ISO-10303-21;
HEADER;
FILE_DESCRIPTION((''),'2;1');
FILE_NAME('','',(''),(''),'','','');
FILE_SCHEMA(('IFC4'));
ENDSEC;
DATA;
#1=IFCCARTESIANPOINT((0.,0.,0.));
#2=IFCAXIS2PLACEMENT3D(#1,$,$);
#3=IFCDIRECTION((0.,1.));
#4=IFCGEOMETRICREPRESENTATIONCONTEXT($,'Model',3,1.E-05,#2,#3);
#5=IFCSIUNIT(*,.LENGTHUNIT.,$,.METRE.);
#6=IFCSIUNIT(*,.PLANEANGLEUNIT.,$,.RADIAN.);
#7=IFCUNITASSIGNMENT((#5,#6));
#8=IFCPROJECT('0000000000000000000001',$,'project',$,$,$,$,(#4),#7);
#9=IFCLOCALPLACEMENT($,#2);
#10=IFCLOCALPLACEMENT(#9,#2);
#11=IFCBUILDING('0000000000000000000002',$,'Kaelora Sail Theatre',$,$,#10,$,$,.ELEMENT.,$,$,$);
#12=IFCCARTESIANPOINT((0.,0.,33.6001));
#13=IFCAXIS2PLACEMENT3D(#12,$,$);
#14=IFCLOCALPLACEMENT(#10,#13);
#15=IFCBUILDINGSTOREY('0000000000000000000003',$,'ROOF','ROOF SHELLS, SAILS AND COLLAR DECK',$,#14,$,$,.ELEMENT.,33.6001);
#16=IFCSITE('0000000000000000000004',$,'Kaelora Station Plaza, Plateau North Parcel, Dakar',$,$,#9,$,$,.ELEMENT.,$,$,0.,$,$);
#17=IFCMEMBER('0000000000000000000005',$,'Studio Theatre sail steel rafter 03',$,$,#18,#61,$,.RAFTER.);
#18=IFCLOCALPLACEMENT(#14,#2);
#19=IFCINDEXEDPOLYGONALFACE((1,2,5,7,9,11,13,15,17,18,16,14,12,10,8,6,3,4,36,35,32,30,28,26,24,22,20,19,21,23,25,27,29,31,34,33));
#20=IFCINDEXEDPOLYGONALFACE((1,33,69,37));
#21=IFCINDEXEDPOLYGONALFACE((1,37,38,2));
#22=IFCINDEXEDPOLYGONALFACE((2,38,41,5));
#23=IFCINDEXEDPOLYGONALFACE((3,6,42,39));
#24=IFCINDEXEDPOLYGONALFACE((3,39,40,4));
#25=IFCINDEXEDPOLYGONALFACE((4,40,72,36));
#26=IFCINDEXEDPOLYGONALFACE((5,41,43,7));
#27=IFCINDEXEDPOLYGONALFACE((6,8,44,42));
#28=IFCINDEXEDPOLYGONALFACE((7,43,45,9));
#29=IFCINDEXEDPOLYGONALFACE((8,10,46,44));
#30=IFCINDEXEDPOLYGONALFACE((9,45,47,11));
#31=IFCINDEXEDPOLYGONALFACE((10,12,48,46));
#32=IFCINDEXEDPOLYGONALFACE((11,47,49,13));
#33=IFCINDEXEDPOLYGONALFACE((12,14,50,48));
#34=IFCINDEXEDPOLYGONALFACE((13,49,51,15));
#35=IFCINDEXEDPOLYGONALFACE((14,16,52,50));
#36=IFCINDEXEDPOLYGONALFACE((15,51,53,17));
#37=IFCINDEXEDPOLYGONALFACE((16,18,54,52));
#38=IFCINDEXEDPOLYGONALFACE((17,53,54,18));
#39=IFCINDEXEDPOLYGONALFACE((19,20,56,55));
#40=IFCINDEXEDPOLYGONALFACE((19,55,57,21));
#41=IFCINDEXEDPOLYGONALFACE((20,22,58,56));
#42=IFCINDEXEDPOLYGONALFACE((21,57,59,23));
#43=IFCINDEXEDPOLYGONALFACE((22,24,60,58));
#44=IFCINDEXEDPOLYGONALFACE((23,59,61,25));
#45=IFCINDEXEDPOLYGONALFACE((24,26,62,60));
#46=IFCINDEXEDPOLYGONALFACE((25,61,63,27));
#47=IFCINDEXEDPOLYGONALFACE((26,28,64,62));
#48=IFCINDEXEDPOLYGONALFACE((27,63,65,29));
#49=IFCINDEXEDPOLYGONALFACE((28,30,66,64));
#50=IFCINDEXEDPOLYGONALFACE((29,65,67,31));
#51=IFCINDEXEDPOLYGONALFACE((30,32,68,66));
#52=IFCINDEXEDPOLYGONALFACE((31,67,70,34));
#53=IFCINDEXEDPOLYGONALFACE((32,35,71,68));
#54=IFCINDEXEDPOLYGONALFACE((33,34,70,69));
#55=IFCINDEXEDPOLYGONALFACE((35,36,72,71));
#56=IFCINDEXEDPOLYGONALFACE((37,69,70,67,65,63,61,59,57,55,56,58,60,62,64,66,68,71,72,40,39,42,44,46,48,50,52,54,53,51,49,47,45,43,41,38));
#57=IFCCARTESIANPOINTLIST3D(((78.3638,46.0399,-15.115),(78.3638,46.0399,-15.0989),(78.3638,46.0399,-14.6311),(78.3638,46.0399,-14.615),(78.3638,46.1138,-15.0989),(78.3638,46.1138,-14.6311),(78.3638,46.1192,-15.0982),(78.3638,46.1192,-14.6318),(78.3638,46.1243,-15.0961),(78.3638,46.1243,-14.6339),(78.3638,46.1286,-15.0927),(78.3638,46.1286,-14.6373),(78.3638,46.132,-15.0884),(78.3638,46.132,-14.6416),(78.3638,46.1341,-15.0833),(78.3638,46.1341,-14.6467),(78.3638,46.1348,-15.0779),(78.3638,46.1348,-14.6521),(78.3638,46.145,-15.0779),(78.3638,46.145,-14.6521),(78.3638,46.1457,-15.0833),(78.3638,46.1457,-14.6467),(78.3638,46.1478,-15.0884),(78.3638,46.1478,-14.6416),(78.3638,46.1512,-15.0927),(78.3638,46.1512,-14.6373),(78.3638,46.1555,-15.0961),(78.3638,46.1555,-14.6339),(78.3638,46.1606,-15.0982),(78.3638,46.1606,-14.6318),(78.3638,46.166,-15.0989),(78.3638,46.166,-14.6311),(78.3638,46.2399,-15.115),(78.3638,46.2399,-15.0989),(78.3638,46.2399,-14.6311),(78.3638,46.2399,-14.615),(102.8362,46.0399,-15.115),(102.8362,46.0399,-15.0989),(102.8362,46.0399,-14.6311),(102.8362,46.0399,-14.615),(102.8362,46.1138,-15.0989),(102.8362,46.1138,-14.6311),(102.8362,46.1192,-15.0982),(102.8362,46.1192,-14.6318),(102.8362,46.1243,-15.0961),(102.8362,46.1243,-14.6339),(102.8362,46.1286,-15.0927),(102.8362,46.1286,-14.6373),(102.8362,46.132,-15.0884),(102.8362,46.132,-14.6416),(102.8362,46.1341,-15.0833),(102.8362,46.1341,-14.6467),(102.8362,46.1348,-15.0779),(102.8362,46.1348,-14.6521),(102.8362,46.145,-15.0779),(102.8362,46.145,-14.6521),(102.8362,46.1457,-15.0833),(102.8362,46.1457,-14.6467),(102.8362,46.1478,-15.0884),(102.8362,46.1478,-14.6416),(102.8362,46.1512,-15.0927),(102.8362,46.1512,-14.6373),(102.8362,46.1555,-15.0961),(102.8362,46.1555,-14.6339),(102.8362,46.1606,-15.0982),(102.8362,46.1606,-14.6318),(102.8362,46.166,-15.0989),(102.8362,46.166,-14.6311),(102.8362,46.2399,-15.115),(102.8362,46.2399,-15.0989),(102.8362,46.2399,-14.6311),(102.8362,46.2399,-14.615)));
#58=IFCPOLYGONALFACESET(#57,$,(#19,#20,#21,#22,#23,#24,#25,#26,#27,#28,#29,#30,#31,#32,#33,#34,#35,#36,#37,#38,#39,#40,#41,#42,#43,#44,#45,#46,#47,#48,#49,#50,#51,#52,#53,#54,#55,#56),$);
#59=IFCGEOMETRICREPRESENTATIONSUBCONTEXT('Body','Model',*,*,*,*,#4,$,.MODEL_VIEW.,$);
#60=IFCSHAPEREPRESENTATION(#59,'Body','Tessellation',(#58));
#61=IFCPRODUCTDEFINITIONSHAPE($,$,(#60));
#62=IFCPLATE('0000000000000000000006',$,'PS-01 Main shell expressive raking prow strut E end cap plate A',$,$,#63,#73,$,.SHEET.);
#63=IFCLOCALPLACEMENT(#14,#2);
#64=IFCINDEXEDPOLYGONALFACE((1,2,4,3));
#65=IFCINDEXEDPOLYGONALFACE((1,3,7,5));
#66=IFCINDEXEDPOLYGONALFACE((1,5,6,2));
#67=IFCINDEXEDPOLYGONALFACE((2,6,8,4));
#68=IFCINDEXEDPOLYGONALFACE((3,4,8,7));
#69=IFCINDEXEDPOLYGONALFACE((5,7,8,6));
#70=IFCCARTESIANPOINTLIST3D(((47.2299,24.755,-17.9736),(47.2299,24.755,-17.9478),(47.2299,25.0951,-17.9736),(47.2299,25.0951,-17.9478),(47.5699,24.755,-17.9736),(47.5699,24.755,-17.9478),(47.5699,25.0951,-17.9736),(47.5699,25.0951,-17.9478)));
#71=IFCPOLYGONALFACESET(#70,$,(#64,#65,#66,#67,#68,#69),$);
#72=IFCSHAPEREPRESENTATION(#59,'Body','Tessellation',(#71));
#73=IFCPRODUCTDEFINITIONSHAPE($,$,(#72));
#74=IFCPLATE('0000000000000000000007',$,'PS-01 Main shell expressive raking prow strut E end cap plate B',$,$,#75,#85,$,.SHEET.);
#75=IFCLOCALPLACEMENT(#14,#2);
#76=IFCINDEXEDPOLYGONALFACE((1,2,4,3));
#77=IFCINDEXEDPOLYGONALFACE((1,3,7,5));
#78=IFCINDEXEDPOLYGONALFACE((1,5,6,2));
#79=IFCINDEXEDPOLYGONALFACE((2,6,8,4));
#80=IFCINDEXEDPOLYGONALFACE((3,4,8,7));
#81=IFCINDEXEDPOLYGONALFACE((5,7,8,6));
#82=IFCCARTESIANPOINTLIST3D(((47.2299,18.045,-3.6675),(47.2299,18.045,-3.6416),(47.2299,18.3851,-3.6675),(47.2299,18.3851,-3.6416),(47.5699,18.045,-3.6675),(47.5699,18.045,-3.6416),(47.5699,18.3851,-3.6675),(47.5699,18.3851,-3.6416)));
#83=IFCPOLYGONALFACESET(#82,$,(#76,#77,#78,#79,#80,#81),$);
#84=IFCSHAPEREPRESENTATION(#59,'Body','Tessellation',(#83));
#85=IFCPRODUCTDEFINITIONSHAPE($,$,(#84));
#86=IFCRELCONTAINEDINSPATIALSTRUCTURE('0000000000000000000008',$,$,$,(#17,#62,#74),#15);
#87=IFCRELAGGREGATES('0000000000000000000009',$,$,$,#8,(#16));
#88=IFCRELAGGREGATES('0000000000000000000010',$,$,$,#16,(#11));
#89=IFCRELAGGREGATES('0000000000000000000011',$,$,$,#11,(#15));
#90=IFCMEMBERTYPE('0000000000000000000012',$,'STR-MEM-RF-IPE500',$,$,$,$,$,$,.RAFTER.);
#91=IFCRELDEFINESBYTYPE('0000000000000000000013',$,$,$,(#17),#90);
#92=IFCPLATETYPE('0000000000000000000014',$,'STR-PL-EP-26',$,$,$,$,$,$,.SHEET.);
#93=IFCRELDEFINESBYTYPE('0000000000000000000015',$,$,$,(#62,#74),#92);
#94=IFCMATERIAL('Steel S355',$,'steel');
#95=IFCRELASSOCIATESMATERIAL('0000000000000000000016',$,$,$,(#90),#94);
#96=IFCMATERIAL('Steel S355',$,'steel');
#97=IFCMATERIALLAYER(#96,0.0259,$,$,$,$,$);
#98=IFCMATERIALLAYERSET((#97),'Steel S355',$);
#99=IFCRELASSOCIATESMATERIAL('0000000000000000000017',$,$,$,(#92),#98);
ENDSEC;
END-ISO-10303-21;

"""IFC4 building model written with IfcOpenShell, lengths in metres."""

from ifc_helpers import new_model, si_unit, direction, frame, origin, origin_2d, place, context, subcontext, project, spatial, rectangle, i_section, extrude, material, layer, layer_set, material_profile, profile_set, type_object, element, save


model = new_model("IFC4")

# Units and contexts
model_context = context("Model", 3, precision=1e-05, world=origin(), true_north=direction((0.0, 1.0)))
body_context = subcontext(model_context, "Body", "Model", "MODEL_VIEW")
ifc_project = project(units=[si_unit("LENGTHUNIT", "METRE"), si_unit("PLANEANGLEUNIT", "RADIAN")], contexts=[model_context])

# Site, building, storey
site_placement = place(None, origin())
site = spatial("IfcSite", under=ifc_project, at=site_placement, Name="Kaelora Station Plaza, Plateau North Parcel, Dakar", CompositionType="ELEMENT", RefElevation=0.0)
building_placement = place(site_placement, origin())
building = spatial("IfcBuilding", under=site, at=building_placement, Name="Kaelora Sail Theatre", CompositionType="ELEMENT")
storey_placement = place(building_placement, frame((0.0, 0.0, 33.6001)))
storey = spatial("IfcBuildingStorey", under=building, at=storey_placement, Name="ROOF", Description="ROOF SHELLS, SAILS AND COLLAR DECK", CompositionType="ELEMENT", Elevation=33.6001)

# Member
ifc_material_1 = material(Name="Steel S355", Category="steel")
ifc_material_profile_1 = material_profile(ifc_material_1, i_section(OverallWidth=0.2, OverallDepth=0.5, WebThickness=0.0103, FlangeThickness=0.0161, FilletRadius=0.021, at=origin_2d()), Name="IPE 500")
ifc_profile_set_1 = profile_set([ifc_material_profile_1], Name="Steel S355")
member_type_1 = type_object("IfcMemberType", Name="STR-MEM-RF-IPE500", PredefinedType="RAFTER", material=ifc_profile_set_1)
member_1_placement = place(storey_placement, frame((78.3638, 46.1399, -14.865), z_axis=(1.0, 0.0, 0.0), x_axis=(0.0, 1.0, 0.0)))
element("IfcMember", 1, at=member_1_placement, inside=storey, type_object=member_type_1, Name="Studio Theatre sail steel rafter 03", PredefinedType="RAFTER", context=body_context, shape_type="SweptSolid", body=[
    extrude(i_section(OverallWidth=0.2, OverallDepth=0.5, WebThickness=0.0103, FlangeThickness=0.0161, FilletRadius=0.021, at=origin_2d()), origin(), (0.0, 0.0, 1.0), 24.4724),
])

# Plates
ifc_material_2 = material(Name="Steel S355", Category="steel")
ifc_layer_1 = layer(ifc_material_2, 0.0259)
ifc_layer_set_1 = layer_set([ifc_layer_1], Name="Steel S355")
plate_type = type_object("IfcPlateType", Name="STR-PL-EP-26", PredefinedType="SHEET", material=ifc_layer_set_1)
for number, where, z_axis, x_axis, name in (
    (2, (47.3999, 24.925, -17.9736), (0.0, 0.0, 1.0), (1.0, 0.0, 0.0), "PS-01 Main shell expressive raking prow strut E end cap plate A"),
    (3, (47.3999, 18.2151, -3.6675), (0.0, 0.0, 1.0), (1.0, 0.0, 0.0), "PS-01 Main shell expressive raking prow strut E end cap plate B"),
):
    element("IfcPlate", number, at=place(storey_placement, frame(where, z_axis=z_axis, x_axis=x_axis)), inside=storey, type_object=plate_type, Name=name, PredefinedType="SHEET", context=body_context, shape_type="SweptSolid", body=[
        extrude(rectangle(XDim=0.3401, YDim=0.3401, at=origin_2d()), origin(), (0.0, 0.0, 1.0), 0.0259),
    ])

save(model, "model.ifc")
